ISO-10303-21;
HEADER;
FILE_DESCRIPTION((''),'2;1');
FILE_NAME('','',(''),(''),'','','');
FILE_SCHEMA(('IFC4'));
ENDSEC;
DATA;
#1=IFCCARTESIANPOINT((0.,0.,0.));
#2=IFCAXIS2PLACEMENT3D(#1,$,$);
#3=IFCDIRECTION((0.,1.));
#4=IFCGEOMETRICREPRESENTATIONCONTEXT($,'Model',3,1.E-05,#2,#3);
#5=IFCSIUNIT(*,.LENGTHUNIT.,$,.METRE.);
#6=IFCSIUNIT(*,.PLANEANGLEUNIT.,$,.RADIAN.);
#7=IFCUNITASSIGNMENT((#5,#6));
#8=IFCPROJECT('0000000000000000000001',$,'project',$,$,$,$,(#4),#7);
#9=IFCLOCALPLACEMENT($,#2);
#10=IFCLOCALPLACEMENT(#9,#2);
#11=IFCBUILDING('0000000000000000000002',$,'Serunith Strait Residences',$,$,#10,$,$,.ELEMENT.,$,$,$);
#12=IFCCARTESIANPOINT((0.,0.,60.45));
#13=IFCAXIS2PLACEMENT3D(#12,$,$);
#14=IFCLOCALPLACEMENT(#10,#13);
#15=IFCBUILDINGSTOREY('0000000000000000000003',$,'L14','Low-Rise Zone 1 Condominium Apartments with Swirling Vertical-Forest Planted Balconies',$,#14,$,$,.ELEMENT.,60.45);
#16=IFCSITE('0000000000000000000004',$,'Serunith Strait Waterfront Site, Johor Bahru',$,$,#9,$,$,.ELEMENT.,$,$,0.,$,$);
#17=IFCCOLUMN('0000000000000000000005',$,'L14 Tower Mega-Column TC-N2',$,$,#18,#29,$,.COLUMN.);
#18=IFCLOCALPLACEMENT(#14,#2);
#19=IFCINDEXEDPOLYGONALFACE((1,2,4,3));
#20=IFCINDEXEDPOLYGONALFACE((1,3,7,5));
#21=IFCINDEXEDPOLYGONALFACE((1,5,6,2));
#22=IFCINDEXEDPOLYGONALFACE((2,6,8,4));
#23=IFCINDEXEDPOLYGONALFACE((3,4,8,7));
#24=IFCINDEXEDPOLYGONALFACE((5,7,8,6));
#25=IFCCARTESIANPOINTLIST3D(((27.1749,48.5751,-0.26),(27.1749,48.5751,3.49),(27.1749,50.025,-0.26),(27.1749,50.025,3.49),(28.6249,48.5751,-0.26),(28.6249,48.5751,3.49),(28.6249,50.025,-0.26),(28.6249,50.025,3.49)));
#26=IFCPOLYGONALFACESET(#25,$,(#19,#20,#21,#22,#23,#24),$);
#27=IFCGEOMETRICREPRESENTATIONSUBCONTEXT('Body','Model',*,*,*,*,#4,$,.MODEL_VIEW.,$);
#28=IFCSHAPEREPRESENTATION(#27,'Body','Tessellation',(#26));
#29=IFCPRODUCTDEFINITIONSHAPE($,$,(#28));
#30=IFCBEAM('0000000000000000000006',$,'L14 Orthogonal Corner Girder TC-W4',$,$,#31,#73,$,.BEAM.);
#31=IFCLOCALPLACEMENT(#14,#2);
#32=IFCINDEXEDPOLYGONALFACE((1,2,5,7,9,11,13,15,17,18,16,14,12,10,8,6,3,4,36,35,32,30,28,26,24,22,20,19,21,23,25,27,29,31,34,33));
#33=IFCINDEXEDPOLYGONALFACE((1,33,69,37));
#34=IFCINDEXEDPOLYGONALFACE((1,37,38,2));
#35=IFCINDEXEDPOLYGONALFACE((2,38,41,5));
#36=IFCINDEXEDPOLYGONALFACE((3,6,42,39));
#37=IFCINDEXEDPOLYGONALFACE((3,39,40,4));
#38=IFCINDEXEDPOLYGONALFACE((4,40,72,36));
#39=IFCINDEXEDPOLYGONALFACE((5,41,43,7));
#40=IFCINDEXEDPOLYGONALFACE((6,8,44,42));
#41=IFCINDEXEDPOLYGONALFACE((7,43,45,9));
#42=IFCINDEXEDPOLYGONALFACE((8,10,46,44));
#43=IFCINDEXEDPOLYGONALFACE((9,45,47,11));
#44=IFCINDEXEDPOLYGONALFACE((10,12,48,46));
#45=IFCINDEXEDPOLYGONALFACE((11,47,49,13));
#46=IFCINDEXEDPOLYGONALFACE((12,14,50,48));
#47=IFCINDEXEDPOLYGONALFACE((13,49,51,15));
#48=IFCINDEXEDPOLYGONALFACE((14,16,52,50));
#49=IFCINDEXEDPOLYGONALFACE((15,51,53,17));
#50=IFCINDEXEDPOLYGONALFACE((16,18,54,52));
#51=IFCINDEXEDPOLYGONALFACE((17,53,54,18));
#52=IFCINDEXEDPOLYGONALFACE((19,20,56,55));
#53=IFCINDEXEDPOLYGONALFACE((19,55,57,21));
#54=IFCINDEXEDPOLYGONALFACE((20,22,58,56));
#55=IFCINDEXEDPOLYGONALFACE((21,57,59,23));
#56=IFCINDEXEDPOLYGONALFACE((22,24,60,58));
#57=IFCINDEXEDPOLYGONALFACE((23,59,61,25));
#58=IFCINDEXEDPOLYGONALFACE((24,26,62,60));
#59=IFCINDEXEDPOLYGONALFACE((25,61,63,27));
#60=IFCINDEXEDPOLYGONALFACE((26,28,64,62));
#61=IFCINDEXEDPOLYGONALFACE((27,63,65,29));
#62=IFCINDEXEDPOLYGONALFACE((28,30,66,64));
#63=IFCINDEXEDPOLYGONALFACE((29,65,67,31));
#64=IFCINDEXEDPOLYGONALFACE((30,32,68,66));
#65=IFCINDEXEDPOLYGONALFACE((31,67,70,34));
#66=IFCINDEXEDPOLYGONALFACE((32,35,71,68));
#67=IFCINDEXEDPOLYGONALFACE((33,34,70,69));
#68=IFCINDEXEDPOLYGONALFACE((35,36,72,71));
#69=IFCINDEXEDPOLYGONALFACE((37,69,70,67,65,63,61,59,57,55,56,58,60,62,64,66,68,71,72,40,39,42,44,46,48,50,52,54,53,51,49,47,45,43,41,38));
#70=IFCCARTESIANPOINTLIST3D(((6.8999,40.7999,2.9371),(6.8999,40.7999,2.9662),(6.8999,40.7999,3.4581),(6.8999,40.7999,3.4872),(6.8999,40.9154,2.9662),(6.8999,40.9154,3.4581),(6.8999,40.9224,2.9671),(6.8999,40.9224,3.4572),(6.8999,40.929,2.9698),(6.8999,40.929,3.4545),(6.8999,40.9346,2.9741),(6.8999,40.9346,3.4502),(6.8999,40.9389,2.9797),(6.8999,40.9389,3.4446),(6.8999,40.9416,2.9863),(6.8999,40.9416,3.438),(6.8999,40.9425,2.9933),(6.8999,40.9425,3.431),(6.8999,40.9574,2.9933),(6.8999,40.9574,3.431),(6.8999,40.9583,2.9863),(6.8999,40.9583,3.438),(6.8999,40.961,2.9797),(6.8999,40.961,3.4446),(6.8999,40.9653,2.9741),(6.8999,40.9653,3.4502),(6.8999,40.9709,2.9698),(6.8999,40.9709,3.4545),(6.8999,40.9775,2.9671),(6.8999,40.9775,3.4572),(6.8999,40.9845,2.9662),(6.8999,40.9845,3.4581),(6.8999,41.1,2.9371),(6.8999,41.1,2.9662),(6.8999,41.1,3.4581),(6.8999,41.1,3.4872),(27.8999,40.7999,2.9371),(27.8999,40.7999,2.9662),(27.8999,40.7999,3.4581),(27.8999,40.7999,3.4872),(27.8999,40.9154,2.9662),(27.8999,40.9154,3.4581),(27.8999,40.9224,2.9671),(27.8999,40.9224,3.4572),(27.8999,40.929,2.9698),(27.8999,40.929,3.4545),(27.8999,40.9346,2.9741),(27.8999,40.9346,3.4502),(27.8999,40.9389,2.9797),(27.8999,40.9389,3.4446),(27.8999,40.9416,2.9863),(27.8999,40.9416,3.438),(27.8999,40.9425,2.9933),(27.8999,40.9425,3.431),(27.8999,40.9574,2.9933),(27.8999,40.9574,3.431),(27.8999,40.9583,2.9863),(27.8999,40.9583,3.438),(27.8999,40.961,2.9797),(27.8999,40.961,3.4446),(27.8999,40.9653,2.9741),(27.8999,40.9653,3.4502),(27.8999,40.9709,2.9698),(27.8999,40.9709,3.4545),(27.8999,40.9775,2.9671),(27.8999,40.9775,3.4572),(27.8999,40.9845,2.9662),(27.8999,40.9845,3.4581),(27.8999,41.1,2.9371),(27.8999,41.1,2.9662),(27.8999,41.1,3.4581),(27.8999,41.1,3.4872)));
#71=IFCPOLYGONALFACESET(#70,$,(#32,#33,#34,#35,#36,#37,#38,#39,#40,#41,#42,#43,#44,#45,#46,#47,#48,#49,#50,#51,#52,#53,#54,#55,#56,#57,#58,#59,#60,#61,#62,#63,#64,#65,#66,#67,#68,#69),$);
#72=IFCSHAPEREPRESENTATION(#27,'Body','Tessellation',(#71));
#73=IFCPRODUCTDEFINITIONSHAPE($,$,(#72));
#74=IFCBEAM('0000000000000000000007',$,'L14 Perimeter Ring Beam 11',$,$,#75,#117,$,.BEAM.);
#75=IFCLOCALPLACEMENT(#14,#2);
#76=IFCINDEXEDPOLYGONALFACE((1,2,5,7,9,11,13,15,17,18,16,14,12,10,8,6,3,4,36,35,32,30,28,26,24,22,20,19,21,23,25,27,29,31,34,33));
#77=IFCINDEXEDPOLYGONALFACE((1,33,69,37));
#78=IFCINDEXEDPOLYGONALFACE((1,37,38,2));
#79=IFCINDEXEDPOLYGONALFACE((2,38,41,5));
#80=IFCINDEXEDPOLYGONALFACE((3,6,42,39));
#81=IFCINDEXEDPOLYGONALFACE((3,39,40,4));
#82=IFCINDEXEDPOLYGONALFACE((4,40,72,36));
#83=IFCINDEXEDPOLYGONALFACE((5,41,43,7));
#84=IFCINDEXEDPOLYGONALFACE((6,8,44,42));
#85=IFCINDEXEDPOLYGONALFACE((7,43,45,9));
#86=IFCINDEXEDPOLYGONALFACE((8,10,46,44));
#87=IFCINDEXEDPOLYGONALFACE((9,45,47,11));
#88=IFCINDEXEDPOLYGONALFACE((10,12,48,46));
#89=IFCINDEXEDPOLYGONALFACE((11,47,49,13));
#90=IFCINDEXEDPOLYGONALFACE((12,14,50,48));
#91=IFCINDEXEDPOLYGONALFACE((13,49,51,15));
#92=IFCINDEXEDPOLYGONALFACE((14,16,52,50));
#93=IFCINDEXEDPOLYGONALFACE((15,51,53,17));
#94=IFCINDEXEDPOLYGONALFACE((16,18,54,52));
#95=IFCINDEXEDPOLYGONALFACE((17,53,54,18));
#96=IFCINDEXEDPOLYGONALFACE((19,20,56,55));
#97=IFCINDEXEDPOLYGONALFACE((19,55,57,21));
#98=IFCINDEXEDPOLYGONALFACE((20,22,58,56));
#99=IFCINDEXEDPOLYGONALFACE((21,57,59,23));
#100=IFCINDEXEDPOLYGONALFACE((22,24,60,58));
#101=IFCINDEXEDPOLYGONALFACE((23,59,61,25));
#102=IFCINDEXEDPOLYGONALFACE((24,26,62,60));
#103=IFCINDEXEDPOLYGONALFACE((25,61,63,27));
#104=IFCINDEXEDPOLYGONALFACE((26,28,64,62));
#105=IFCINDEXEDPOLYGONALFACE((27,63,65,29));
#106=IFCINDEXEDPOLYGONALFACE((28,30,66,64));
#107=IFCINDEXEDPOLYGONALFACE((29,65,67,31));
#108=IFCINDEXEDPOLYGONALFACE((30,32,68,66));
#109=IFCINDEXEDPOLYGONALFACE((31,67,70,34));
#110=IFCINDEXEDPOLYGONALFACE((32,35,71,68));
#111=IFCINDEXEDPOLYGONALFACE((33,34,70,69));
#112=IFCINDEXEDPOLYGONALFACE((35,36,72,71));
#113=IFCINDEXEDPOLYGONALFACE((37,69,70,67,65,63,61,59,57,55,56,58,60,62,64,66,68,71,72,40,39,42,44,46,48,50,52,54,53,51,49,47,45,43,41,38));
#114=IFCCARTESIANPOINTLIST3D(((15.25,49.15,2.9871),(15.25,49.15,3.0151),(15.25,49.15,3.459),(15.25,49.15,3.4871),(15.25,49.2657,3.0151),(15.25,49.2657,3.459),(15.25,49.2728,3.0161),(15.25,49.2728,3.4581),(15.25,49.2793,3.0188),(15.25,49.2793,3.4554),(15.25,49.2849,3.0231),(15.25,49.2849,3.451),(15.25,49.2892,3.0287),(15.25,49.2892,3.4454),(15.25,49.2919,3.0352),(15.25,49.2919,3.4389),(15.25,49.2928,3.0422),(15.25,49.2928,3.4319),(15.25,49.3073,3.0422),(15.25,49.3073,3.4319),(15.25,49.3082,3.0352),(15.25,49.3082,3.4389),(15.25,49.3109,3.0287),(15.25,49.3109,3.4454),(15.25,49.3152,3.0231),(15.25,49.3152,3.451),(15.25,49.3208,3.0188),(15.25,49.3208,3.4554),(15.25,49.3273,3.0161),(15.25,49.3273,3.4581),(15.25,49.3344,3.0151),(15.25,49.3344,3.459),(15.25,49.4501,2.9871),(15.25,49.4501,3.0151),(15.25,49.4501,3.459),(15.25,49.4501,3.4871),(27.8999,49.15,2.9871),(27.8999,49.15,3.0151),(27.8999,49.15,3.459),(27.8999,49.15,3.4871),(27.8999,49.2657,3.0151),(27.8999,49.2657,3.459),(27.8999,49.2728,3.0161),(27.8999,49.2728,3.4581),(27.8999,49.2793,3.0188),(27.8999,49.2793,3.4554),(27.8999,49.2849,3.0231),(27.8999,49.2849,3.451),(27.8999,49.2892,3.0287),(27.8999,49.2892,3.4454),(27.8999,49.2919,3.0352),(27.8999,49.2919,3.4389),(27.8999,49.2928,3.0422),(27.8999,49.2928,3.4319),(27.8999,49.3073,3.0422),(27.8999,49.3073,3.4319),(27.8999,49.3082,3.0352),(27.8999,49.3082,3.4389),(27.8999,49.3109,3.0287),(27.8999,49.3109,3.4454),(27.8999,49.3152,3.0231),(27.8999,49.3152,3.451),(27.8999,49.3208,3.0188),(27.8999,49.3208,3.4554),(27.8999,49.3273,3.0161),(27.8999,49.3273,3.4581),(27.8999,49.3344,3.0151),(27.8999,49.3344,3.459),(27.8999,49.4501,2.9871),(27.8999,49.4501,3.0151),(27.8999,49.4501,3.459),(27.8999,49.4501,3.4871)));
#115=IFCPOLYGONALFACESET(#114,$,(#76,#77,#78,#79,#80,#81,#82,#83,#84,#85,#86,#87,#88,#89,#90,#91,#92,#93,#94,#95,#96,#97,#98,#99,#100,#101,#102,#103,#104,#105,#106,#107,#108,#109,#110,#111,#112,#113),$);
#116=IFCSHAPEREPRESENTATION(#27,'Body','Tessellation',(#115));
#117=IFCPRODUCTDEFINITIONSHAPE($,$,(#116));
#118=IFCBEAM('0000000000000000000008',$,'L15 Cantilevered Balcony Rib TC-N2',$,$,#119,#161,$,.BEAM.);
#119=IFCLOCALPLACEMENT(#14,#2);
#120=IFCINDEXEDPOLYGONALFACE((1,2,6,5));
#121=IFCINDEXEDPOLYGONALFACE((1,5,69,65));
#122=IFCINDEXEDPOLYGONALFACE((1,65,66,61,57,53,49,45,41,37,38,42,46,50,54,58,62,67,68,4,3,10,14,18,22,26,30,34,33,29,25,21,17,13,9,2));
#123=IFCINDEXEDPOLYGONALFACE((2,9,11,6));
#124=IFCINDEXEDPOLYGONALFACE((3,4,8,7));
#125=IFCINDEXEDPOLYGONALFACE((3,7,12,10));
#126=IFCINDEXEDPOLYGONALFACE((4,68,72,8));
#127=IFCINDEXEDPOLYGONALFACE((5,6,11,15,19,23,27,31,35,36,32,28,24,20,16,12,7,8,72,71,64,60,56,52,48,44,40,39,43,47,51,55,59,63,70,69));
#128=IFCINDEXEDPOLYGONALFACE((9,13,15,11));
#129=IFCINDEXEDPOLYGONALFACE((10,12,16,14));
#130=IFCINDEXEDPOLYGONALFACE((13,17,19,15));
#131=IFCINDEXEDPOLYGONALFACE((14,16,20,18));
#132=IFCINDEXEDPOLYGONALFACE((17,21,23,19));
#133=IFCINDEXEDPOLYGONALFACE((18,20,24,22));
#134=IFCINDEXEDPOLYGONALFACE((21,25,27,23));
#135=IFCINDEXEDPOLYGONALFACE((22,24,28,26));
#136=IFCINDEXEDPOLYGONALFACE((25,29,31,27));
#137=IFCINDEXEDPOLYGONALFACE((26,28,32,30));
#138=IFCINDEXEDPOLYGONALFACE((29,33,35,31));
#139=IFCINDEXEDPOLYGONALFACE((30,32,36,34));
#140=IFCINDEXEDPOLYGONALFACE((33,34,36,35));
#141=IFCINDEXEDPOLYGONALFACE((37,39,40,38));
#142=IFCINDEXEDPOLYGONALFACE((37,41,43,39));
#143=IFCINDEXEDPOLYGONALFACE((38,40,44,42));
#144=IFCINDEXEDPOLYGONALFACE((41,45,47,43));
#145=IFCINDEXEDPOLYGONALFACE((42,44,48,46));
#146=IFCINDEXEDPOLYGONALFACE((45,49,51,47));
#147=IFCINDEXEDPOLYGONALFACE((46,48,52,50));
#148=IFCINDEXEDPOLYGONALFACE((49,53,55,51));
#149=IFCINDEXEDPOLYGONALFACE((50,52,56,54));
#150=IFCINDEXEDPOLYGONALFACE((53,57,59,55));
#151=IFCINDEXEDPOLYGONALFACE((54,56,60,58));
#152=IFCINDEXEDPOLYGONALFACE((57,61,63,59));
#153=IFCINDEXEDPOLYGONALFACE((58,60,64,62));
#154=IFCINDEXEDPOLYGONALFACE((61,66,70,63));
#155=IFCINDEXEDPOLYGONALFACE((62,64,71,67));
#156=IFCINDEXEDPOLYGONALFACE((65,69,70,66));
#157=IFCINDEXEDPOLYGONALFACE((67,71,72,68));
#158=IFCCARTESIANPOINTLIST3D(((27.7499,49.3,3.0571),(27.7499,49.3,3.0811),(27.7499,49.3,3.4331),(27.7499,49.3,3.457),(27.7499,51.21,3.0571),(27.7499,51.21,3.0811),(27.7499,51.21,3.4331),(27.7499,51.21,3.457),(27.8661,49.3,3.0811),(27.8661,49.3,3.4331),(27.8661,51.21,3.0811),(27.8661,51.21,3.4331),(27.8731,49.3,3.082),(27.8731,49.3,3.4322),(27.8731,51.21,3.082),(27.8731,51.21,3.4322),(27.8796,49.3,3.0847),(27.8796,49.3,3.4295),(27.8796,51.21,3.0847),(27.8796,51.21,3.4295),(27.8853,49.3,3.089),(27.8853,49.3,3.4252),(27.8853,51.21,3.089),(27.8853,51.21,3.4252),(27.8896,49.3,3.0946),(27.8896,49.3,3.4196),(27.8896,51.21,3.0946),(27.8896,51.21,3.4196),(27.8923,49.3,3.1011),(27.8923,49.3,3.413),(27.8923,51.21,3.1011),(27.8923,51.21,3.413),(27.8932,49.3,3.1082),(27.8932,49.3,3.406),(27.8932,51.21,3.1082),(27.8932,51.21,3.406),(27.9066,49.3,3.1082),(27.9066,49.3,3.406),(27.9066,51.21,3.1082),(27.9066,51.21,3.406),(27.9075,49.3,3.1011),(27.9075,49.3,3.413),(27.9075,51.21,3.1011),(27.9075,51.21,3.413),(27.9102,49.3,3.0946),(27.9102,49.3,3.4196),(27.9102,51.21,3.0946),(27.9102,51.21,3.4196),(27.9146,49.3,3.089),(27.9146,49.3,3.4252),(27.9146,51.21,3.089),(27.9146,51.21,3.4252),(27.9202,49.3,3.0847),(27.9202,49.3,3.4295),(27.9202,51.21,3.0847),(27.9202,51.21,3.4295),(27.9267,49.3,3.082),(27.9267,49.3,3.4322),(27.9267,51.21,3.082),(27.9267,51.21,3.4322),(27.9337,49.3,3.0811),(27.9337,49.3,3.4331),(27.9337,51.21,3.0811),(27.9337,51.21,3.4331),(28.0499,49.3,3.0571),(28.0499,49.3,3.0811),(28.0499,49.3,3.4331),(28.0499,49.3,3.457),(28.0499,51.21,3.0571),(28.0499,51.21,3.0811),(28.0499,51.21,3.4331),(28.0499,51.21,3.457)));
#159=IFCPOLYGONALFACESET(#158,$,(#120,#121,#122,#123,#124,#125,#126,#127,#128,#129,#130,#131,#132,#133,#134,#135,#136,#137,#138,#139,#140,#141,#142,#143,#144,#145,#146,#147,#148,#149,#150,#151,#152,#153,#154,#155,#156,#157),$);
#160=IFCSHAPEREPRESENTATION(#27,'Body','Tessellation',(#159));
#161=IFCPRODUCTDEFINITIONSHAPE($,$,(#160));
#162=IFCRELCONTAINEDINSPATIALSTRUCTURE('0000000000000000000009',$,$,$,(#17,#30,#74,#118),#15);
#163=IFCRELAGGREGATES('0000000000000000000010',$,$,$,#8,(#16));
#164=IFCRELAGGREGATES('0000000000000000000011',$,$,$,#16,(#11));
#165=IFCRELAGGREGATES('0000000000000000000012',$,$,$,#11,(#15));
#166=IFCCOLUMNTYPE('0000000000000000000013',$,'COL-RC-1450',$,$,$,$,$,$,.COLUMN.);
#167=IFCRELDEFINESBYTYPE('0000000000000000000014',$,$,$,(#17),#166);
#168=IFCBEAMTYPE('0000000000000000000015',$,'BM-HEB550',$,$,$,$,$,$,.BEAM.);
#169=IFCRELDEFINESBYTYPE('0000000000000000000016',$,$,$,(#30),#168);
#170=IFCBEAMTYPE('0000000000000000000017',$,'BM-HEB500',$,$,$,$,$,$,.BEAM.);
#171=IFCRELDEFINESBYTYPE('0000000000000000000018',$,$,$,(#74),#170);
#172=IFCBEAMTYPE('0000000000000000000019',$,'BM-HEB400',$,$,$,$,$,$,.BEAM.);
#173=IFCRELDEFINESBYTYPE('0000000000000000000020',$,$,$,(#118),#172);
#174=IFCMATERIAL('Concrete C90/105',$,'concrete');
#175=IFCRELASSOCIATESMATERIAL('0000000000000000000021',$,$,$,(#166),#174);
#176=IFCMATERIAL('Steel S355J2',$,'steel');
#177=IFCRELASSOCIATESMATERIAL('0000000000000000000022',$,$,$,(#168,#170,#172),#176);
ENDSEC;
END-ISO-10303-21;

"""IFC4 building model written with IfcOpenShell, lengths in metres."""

from ifc_helpers import new_model, si_unit, direction, frame, origin, origin_2d, place, context, subcontext, project, spatial, rectangle, i_section, extrude, source, transform, mapped, material, material_profile, profile_set, type_object, element, save


model = new_model("IFC4")

# Units and contexts
model_context = context("Model", 3, precision=1e-05, world=origin(), true_north=direction((0.0, 1.0)))
body_context = subcontext(model_context, "Body", "Model", "MODEL_VIEW")
ifc_project = project(units=[si_unit("LENGTHUNIT", "METRE"), si_unit("PLANEANGLEUNIT", "RADIAN")], contexts=[model_context])

# Site, building, storey
site_placement = place(None, origin())
site = spatial("IfcSite", under=ifc_project, at=site_placement, Name="Serunith Strait Waterfront Site, Johor Bahru", CompositionType="ELEMENT", RefElevation=0.0)
building_placement = place(site_placement, origin())
building = spatial("IfcBuilding", under=site, at=building_placement, Name="Serunith Strait Residences", CompositionType="ELEMENT")
storey_placement = place(building_placement, frame((0.0, 0.0, 60.45)))
storey = spatial("IfcBuildingStorey", under=building, at=storey_placement, Name="L14", Description="Low-Rise Zone 1 Condominium Apartments with Swirling Vertical-Forest Planted Balconies", CompositionType="ELEMENT", Elevation=60.45)

# Column
ifc_material_1 = material(Name="Concrete C90/105", Category="concrete")
ifc_material_profile_1 = material_profile(ifc_material_1, rectangle(XDim=1.45, YDim=1.45, at=origin_2d()), Name="RC 1450x1450")
ifc_profile_set_1 = profile_set([ifc_material_profile_1], Name="Concrete C90/105")
column_type = type_object("IfcColumnType", Name="COL-RC-1450", PredefinedType="COLUMN", material=ifc_profile_set_1)
shared_shape_1 = source(origin(), body_context, "Body", "SweptSolid", [
    extrude(rectangle(XDim=1.45, YDim=1.45, at=origin_2d()), origin(), (0.0, 0.0, 1.0), 3.75),
])
column_placement = place(storey_placement, frame((27.8999, 49.3, -0.26), z_axis=(0.0, 0.0, 1.0), x_axis=(1.0, 0.0, 0.0)))
element("IfcColumn", 1, at=column_placement, inside=storey, type_object=column_type, Name="L14 Tower Mega-Column TC-N2", PredefinedType="COLUMN", context=body_context, shape_type="MappedRepresentation", body=[
    mapped(shared_shape_1, transform((0.0, 0.0, 0.0), scale=1.0)),
])

# Beams
ifc_material_2 = material(Name="Steel S355J2", Category="steel")
ifc_material_profile_2 = material_profile(ifc_material_2, i_section(OverallWidth=0.3, OverallDepth=0.55, WebThickness=0.0149, FlangeThickness=0.0291, FilletRadius=0.0271, at=origin_2d()), Name="HEB 550")
ifc_profile_set_2 = profile_set([ifc_material_profile_2], Name="Steel S355J2")
beam_type_1 = type_object("IfcBeamType", Name="BM-HEB550", PredefinedType="BEAM", material=ifc_profile_set_2)
shared_shape_2 = source(origin(), body_context, "Body", "SweptSolid", [
    extrude(i_section(OverallWidth=0.3, OverallDepth=0.55, WebThickness=0.0149, FlangeThickness=0.0291, FilletRadius=0.0271, at=origin_2d()), origin(), (0.0, 0.0, 1.0), 21.0),
])
beam_1_placement = place(storey_placement, frame((27.8999, 40.95, 3.2122), z_axis=(-1.0, 0.0, 0.0), x_axis=(0.0, -1.0, 0.0)))
element("IfcBeam", 2, at=beam_1_placement, inside=storey, type_object=beam_type_1, Name="L14 Orthogonal Corner Girder TC-W4", PredefinedType="BEAM", context=body_context, shape_type="MappedRepresentation", body=[
    mapped(shared_shape_2, transform((0.0, 0.0, 0.0), scale=1.0)),
])
ifc_material_profile_3 = material_profile(ifc_material_2, i_section(OverallWidth=0.3, OverallDepth=0.5, WebThickness=0.0144, FlangeThickness=0.0281, FilletRadius=0.0271, at=origin_2d()), Name="HEB 500")
ifc_profile_set_3 = profile_set([ifc_material_profile_3], Name="Steel S355J2")
beam_type_2 = type_object("IfcBeamType", Name="BM-HEB500", PredefinedType="BEAM", material=ifc_profile_set_3)
shared_shape_3 = source(origin(), body_context, "Body", "SweptSolid", [
    extrude(i_section(OverallWidth=0.3, OverallDepth=0.5, WebThickness=0.0144, FlangeThickness=0.0281, FilletRadius=0.0271, at=origin_2d()), origin(), (0.0, 0.0, 1.0), 12.6499),
])
beam_2_placement = place(storey_placement, frame((27.8999, 49.3, 3.2371), z_axis=(-1.0, 0.0, 0.0), x_axis=(0.0, -1.0, 0.0)))
element("IfcBeam", 3, at=beam_2_placement, inside=storey, type_object=beam_type_2, Name="L14 Perimeter Ring Beam 11", PredefinedType="BEAM", context=body_context, shape_type="MappedRepresentation", body=[
    mapped(shared_shape_3, transform((0.0, 0.0, 0.0), scale=1.0)),
])
ifc_material_profile_4 = material_profile(ifc_material_2, i_section(OverallWidth=0.3, OverallDepth=0.3999, WebThickness=0.0134, FlangeThickness=0.0239, FilletRadius=0.0271, at=origin_2d()), Name="HEB 400")
ifc_profile_set_4 = profile_set([ifc_material_profile_4], Name="Steel S355J2")
beam_type_3 = type_object("IfcBeamType", Name="BM-HEB400", PredefinedType="BEAM", material=ifc_profile_set_4)
shared_shape_4 = source(origin(), body_context, "Body", "SweptSolid", [
    extrude(i_section(OverallWidth=0.3, OverallDepth=0.3999, WebThickness=0.0134, FlangeThickness=0.0239, FilletRadius=0.0271, at=origin_2d()), origin(), (0.0, 0.0, 1.0), 1.9099),
])
beam_3_placement = place(storey_placement, frame((27.8999, 49.3, 3.2571), z_axis=(0.0, 1.0, 0.0), x_axis=(-1.0, 0.0, 0.0)))
element("IfcBeam", 4, at=beam_3_placement, inside=storey, type_object=beam_type_3, Name="L15 Cantilevered Balcony Rib TC-N2", PredefinedType="BEAM", context=body_context, shape_type="MappedRepresentation", body=[
    mapped(shared_shape_4, transform((0.0, 0.0, 0.0), scale=1.0)),
])

save(model, "model.ifc")
